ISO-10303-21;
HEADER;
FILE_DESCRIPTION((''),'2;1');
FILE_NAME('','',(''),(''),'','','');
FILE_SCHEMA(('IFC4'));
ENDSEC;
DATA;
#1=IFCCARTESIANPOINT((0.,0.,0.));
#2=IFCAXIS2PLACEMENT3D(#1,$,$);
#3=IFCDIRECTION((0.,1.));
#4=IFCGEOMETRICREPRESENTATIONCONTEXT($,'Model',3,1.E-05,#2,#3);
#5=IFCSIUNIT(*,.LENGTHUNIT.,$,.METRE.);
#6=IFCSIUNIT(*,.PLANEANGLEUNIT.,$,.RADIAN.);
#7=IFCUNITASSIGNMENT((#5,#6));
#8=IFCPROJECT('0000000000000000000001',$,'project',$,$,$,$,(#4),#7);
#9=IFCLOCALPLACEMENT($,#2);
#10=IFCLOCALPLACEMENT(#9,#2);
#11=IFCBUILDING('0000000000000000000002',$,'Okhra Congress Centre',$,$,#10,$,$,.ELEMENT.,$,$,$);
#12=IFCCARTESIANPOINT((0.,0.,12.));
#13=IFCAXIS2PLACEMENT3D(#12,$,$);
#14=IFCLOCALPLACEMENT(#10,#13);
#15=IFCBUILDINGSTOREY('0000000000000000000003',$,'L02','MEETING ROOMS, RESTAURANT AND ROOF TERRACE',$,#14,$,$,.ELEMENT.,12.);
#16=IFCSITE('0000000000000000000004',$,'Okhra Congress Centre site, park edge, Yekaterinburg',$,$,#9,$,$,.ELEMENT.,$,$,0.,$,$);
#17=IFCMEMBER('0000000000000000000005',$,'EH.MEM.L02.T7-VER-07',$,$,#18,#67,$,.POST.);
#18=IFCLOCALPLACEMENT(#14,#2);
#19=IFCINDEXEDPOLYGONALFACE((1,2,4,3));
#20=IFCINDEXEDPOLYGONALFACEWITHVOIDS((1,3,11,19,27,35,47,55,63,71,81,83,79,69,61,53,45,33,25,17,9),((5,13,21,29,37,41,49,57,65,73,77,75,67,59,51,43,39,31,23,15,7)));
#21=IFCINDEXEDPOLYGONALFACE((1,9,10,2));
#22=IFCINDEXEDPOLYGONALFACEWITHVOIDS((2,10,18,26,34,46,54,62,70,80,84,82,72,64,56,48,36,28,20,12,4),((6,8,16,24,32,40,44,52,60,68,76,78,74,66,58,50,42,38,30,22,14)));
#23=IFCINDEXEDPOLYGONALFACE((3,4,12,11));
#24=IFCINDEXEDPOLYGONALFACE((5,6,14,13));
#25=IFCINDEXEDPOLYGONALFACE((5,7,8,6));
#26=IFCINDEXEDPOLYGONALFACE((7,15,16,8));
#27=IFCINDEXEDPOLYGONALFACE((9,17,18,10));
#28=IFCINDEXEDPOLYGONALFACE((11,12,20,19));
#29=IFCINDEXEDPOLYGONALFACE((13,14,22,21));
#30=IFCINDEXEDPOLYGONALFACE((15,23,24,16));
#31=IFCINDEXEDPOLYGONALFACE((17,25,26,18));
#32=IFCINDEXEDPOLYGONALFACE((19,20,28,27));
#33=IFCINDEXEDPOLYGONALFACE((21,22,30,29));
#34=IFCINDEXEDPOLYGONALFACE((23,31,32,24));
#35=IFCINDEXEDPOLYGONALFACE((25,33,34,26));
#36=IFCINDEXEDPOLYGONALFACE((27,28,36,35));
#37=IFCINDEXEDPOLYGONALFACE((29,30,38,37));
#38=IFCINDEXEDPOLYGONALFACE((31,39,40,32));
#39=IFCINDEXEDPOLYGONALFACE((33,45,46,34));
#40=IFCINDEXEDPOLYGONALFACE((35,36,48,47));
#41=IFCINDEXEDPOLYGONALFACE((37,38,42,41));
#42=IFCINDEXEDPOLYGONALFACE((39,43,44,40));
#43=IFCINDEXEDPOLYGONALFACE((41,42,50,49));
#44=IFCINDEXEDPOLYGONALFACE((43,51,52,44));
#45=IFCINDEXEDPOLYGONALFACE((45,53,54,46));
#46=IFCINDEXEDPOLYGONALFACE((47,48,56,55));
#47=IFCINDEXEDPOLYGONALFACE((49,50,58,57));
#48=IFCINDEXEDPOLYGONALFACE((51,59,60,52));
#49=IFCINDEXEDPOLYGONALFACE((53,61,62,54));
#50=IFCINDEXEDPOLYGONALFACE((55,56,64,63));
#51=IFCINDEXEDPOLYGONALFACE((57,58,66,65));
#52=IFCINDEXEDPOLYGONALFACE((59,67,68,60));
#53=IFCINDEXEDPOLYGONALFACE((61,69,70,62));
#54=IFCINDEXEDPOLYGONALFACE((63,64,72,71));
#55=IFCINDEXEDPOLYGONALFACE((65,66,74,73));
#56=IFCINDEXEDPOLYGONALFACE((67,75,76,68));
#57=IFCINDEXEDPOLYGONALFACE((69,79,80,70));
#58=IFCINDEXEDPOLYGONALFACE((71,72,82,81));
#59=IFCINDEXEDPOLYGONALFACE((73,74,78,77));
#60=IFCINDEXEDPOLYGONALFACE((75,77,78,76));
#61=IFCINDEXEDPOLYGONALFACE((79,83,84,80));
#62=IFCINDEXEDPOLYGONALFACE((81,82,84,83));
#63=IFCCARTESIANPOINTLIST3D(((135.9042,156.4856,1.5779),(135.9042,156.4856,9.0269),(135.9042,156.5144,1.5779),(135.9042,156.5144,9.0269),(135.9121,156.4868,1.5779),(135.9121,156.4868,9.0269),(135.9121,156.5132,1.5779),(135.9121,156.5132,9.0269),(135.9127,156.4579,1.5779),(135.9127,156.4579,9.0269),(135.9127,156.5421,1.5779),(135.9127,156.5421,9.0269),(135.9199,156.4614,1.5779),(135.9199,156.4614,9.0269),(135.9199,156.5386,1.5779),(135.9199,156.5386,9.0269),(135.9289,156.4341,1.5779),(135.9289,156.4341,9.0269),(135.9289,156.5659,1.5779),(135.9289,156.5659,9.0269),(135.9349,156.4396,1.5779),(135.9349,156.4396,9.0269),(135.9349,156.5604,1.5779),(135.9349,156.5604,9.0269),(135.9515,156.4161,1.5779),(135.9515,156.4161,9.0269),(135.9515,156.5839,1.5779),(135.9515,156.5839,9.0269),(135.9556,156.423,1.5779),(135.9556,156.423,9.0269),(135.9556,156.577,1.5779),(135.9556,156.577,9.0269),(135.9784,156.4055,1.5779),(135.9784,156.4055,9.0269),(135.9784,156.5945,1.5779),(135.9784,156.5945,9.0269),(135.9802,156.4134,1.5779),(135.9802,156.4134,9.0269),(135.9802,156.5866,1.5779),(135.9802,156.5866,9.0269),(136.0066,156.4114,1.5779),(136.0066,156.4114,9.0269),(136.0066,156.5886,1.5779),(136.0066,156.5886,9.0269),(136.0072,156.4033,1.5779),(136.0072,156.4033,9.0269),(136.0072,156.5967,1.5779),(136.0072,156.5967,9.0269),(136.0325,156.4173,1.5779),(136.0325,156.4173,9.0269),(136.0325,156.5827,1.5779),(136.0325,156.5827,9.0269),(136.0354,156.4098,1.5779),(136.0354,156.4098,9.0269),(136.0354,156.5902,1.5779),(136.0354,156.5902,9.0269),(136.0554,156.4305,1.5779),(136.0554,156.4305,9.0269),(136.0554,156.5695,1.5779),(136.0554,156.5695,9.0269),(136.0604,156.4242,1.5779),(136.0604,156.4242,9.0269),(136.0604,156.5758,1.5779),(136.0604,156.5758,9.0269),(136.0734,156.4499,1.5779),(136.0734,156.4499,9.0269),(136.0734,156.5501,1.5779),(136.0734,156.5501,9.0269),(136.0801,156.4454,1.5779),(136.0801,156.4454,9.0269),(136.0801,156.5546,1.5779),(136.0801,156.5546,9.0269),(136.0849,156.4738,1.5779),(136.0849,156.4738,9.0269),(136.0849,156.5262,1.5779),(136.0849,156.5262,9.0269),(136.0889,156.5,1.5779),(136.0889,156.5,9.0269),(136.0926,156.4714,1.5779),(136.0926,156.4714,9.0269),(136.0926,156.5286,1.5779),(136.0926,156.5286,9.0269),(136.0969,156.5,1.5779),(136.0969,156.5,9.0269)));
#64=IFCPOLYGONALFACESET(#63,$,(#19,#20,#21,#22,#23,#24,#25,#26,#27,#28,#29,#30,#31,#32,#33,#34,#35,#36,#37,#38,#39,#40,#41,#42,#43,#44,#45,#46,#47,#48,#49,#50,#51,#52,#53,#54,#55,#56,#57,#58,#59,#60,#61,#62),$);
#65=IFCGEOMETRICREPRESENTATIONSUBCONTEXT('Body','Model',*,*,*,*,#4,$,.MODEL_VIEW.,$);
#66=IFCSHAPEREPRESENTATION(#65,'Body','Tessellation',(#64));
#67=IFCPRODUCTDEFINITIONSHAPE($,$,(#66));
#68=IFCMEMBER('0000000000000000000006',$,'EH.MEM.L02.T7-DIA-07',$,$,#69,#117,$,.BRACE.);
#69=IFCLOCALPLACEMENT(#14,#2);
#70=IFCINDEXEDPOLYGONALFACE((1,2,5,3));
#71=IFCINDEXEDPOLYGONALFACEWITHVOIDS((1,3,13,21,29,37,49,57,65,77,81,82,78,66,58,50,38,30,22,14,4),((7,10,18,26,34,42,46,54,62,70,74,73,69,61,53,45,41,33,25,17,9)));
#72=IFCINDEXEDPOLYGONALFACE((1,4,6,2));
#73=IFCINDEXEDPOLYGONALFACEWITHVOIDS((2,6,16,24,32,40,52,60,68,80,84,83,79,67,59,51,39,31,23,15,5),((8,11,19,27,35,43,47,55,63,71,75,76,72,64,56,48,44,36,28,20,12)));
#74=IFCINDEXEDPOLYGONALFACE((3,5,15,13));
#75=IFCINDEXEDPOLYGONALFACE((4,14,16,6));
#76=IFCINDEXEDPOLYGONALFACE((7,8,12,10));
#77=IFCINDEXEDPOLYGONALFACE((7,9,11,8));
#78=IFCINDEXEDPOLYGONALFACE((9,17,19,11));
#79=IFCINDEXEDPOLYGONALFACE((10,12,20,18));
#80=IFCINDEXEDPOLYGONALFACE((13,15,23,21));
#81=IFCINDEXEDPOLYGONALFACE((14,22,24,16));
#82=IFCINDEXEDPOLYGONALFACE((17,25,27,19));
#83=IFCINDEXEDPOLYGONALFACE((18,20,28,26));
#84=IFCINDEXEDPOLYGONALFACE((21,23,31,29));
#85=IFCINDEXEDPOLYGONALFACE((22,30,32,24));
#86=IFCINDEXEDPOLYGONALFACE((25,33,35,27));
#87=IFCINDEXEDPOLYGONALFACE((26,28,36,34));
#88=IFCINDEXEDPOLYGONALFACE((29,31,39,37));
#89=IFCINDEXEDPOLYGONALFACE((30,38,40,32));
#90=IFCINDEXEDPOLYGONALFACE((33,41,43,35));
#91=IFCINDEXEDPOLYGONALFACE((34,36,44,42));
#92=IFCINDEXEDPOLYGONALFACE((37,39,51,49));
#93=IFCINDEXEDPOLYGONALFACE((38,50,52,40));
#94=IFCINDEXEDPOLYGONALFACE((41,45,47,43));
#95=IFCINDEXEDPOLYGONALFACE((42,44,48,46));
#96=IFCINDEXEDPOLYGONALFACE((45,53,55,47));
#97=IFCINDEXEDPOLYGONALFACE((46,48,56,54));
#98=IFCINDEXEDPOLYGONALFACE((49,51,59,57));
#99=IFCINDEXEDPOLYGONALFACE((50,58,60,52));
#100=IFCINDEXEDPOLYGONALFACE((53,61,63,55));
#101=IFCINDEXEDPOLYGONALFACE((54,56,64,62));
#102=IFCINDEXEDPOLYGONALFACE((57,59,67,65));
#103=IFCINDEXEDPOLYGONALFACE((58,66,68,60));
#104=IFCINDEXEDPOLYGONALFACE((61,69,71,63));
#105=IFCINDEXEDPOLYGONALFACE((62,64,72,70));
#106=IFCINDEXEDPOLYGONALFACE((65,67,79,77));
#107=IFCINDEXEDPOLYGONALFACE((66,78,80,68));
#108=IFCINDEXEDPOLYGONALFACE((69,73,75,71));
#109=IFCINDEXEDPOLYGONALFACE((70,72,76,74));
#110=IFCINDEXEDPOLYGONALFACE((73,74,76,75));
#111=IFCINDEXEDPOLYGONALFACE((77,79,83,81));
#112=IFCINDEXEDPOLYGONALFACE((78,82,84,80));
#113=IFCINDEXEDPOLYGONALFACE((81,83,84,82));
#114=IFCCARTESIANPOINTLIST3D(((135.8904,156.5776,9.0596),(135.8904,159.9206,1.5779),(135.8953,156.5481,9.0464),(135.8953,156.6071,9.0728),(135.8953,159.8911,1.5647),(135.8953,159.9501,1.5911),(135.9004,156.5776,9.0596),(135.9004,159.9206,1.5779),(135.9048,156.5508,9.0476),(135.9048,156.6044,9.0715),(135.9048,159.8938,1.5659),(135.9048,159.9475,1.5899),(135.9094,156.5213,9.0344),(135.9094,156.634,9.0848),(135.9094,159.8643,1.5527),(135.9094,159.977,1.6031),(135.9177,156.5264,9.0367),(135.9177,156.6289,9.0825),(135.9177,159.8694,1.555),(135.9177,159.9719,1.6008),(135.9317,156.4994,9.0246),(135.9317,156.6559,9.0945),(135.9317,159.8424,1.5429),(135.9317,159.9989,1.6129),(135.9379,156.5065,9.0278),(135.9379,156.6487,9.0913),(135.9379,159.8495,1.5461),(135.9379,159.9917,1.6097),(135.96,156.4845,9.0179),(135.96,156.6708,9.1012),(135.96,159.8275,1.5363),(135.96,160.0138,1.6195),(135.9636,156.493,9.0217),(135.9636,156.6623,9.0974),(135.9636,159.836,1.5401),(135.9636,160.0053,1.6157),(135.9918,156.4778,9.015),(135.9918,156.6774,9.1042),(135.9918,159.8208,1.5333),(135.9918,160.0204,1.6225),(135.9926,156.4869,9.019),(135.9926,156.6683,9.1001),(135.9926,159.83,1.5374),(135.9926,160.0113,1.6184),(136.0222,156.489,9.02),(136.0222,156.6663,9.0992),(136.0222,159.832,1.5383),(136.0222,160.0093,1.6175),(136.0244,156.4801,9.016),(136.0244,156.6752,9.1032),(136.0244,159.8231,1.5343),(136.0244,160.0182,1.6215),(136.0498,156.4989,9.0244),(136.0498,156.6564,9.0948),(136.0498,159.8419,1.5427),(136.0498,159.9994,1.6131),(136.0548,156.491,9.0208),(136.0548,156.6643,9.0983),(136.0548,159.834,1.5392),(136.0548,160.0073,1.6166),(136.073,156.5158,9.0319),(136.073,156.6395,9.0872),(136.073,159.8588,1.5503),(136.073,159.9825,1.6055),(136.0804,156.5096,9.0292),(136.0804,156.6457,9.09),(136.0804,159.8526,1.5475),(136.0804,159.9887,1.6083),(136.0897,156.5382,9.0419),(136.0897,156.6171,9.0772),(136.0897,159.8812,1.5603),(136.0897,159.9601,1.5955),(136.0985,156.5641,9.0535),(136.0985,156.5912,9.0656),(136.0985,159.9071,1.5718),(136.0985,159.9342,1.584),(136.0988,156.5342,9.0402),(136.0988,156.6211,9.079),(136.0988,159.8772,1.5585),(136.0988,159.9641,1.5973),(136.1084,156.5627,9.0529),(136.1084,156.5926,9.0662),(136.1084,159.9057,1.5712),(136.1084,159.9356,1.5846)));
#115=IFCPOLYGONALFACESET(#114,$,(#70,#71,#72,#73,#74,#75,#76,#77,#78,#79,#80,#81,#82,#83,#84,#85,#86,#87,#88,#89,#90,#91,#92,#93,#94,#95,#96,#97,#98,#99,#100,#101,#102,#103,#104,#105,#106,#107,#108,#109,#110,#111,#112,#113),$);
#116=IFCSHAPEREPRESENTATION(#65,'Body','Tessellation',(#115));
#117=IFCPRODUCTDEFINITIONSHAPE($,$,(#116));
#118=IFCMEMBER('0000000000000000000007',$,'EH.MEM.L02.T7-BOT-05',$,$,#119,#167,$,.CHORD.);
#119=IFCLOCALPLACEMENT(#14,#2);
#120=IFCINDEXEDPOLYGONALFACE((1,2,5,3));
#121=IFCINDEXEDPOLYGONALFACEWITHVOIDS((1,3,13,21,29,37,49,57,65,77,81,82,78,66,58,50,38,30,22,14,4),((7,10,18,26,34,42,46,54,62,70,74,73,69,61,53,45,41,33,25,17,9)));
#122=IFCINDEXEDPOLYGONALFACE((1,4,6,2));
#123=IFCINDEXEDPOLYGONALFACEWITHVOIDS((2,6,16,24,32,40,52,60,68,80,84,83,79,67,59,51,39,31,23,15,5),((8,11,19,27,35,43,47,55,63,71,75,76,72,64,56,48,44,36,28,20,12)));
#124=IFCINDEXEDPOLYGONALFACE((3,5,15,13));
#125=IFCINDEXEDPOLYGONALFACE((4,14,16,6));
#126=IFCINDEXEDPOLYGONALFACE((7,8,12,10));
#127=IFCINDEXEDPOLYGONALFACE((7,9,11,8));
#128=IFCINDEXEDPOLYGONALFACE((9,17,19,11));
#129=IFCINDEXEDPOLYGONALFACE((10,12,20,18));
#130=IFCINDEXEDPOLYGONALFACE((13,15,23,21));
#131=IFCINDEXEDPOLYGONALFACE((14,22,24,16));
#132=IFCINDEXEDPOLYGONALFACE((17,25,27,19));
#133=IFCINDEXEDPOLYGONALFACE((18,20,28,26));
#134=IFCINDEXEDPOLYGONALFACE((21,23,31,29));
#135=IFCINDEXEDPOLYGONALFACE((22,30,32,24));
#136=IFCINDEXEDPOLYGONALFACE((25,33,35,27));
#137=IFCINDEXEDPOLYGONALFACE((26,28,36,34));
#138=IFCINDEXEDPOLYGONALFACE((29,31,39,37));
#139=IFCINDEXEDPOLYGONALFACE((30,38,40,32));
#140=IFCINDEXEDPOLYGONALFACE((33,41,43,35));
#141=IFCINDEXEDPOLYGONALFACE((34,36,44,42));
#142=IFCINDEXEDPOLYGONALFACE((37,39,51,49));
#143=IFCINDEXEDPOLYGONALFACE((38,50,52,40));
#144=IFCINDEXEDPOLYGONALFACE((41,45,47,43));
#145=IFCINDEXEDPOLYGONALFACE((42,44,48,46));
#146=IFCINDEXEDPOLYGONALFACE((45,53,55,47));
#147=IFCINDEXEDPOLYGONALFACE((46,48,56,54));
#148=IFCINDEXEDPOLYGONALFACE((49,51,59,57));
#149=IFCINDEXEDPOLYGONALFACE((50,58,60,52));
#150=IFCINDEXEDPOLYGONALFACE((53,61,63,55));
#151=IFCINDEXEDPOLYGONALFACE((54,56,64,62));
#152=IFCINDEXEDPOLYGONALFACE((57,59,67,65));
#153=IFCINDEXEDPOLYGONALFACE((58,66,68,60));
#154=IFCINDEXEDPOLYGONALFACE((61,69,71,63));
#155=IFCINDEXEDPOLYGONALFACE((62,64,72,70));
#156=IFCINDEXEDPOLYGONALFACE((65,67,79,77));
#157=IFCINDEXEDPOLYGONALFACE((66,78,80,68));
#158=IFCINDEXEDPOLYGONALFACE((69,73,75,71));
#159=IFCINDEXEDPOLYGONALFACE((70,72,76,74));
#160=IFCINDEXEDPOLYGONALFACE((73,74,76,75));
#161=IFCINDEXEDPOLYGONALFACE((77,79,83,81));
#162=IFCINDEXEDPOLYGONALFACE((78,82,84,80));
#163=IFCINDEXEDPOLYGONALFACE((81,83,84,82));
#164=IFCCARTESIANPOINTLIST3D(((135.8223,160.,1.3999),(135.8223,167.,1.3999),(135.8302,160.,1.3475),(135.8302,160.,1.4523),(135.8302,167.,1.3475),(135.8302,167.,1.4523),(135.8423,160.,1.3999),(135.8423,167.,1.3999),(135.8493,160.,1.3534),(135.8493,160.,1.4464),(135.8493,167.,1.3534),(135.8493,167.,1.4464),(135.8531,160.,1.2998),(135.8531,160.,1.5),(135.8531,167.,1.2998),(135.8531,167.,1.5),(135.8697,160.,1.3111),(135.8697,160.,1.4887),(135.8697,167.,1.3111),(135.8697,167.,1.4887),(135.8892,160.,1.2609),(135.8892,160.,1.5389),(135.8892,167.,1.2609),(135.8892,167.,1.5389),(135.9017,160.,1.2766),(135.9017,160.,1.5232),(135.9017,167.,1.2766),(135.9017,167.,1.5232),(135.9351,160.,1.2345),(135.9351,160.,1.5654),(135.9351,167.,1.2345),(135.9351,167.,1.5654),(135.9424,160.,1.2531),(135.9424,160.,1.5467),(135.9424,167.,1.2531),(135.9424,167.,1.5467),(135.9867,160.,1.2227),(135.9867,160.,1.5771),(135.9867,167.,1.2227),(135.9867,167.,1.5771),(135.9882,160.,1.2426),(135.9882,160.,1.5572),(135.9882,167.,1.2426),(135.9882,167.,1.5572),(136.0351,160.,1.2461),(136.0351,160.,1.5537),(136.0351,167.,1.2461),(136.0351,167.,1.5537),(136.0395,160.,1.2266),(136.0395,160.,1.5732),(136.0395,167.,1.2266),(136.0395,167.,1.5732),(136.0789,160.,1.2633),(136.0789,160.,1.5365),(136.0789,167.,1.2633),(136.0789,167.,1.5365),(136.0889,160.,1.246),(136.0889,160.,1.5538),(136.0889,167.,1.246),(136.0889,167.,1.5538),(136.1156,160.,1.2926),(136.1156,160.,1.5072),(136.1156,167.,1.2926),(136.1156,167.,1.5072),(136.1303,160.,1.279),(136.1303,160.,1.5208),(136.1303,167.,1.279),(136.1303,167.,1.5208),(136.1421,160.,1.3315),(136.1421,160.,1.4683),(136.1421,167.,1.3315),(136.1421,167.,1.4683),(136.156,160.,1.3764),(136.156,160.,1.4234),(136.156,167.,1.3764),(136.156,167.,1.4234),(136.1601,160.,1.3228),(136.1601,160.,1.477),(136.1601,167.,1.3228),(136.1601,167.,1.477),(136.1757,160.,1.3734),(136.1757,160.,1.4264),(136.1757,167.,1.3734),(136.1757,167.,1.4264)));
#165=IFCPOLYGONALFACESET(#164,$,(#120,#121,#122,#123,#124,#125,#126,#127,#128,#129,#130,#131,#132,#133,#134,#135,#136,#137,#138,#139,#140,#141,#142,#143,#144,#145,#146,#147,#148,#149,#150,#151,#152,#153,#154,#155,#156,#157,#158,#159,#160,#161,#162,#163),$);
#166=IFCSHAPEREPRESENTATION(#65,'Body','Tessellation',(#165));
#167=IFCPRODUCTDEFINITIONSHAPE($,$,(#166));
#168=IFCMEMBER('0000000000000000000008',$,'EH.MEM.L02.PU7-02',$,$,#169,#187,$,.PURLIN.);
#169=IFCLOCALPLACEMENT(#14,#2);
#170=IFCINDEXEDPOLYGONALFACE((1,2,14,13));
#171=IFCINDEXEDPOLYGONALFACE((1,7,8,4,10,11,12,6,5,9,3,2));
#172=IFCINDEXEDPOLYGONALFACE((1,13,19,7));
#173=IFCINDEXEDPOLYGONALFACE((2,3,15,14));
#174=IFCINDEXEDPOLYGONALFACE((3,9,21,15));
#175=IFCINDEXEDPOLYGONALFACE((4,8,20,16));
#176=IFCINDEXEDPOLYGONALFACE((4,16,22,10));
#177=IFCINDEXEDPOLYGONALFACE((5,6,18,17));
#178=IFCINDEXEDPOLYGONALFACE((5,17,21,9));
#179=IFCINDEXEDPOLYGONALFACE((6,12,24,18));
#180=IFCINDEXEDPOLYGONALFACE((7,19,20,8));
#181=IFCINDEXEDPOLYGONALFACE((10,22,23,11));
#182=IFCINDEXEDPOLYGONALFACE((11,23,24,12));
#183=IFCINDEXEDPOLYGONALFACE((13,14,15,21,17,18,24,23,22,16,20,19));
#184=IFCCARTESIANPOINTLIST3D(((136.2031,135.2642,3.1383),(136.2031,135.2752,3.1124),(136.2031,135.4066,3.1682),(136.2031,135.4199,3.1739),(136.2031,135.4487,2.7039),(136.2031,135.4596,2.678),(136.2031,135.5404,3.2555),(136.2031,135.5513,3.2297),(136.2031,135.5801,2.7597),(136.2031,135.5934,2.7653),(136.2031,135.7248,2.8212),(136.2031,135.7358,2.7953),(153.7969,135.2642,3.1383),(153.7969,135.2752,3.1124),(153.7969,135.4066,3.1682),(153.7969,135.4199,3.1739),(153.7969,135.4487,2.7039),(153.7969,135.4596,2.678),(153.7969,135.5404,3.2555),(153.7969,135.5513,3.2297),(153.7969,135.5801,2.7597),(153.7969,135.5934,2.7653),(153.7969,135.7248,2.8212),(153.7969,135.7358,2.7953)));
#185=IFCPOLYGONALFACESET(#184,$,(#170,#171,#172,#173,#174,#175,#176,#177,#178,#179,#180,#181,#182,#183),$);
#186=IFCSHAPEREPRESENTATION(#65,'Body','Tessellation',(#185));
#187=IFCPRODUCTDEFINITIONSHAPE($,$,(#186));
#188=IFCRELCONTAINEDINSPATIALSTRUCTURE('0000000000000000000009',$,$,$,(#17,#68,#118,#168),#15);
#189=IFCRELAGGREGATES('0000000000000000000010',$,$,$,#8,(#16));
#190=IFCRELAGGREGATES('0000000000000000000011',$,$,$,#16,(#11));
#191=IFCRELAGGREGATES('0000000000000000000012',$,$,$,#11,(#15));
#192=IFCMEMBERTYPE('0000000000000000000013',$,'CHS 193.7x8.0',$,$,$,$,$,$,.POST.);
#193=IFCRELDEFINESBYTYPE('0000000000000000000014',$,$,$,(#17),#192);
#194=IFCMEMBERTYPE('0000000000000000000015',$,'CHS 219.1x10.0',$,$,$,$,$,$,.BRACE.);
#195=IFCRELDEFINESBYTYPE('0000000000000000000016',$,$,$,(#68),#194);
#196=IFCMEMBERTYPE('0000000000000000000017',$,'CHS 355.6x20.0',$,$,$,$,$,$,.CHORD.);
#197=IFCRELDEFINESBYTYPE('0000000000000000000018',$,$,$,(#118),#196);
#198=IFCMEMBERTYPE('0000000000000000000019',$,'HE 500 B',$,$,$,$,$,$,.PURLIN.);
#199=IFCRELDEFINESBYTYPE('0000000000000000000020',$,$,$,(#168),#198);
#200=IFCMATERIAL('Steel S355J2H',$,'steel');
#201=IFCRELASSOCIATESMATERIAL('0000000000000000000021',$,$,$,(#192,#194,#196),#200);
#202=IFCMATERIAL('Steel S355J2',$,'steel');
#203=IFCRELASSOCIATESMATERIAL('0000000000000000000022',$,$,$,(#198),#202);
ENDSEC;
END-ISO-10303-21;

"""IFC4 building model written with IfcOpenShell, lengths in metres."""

from ifc_helpers import new_model, si_unit, direction, frame, origin, origin_2d, place, context, subcontext, project, spatial, hollow_circle, i_section, extrude, material, material_profile, profile_set, type_object, element, save


model = new_model("IFC4")

# Units and contexts
model_context = context("Model", 3, precision=1e-05, world=origin(), true_north=direction((0.0, 1.0)))
body_context = subcontext(model_context, "Body", "Model", "MODEL_VIEW")
ifc_project = project(units=[si_unit("LENGTHUNIT", "METRE"), si_unit("PLANEANGLEUNIT", "RADIAN")], contexts=[model_context])

# Site, building, storey
site_placement = place(None, origin())
site = spatial("IfcSite", under=ifc_project, at=site_placement, Name="Okhra Congress Centre site, park edge, Yekaterinburg", CompositionType="ELEMENT", RefElevation=0.0)
building_placement = place(site_placement, origin())
building = spatial("IfcBuilding", under=site, at=building_placement, Name="Okhra Congress Centre", CompositionType="ELEMENT")
storey_placement = place(building_placement, frame((0.0, 0.0, 12.0)))
storey = spatial("IfcBuildingStorey", under=building, at=storey_placement, Name="L02", Description="MEETING ROOMS, RESTAURANT AND ROOF TERRACE", CompositionType="ELEMENT", Elevation=12.0)

# Shared definitions
ifc_material_1 = material(Name="Steel S355J2", Category="steel")

# Members
ifc_material_2 = material(Name="Steel S355J2H", Category="steel")
ifc_material_profile_1 = material_profile(ifc_material_2, hollow_circle(Radius=0.0969, WallThickness=0.0081, at=origin_2d()), Name="CHS 193.7x8.0")
ifc_profile_set_1 = profile_set([ifc_material_profile_1], Name="Steel S355J2H")
member_type_1 = type_object("IfcMemberType", Name="CHS 193.7x8.0", PredefinedType="POST", material=ifc_profile_set_1)
member_1_placement = place(storey_placement, frame((136.0, 156.5, 1.5779), z_axis=(0.0, 0.0, 1.0), x_axis=(1.0, 0.0, 0.0)))
element("IfcMember", 1, at=member_1_placement, inside=storey, type_object=member_type_1, Name="EH.MEM.L02.T7-VER-07", PredefinedType="POST", context=body_context, shape_type="SweptSolid", body=[
    extrude(hollow_circle(Radius=0.0969, WallThickness=0.0081, at=origin_2d()), origin(), (0.0, 0.0, 1.0), 7.449),
])
ifc_material_profile_2 = material_profile(ifc_material_2, hollow_circle(Radius=0.1096, WallThickness=0.01, at=origin_2d()), Name="CHS 219.1x10.0")
ifc_profile_set_2 = profile_set([ifc_material_profile_2], Name="Steel S355J2H")
member_type_2 = type_object("IfcMemberType", Name="CHS 219.1x10.0", PredefinedType="BRACE", material=ifc_profile_set_2)
member_2_placement = place(storey_placement, frame((136.0, 156.5776, 9.0596), z_axis=(0.0, 0.407954, -0.913003), x_axis=(-1.0, 0.0, 0.0)))
element("IfcMember", 2, at=member_2_placement, inside=storey, type_object=member_type_2, Name="EH.MEM.L02.T7-DIA-07", PredefinedType="BRACE", context=body_context, shape_type="SweptSolid", body=[
    extrude(hollow_circle(Radius=0.1096, WallThickness=0.01, at=origin_2d()), origin(), (0.0, 0.0, 1.0), 8.1946),
])
ifc_material_profile_3 = material_profile(ifc_material_2, hollow_circle(Radius=0.1777, WallThickness=0.02, at=origin_2d()), Name="CHS 355.6x20.0")
ifc_profile_set_3 = profile_set([ifc_material_profile_3], Name="Steel S355J2H")
member_type_3 = type_object("IfcMemberType", Name="CHS 355.6x20.0", PredefinedType="CHORD", material=ifc_profile_set_3)
member_3_placement = place(storey_placement, frame((136.0, 160.0, 1.3999), z_axis=(0.0, 1.0, 0.0), x_axis=(-1.0, 0.0, 0.0)))
element("IfcMember", 3, at=member_3_placement, inside=storey, type_object=member_type_3, Name="EH.MEM.L02.T7-BOT-05", PredefinedType="CHORD", context=body_context, shape_type="SweptSolid", body=[
    extrude(hollow_circle(Radius=0.1777, WallThickness=0.02, at=origin_2d()), origin(), (0.0, 0.0, 1.0), 7.0),
])
ifc_material_profile_4 = material_profile(ifc_material_1, i_section(OverallWidth=0.3, OverallDepth=0.5, WebThickness=0.0144, FlangeThickness=0.0281, at=origin_2d()), Name="HE 500 B")
ifc_profile_set_4 = profile_set([ifc_material_profile_4], Name="Steel S355J2")
member_type_4 = type_object("IfcMemberType", Name="HE 500 B", PredefinedType="PURLIN", material=ifc_profile_set_4)
for number, where, z_axis, x_axis, name in (
    (4, (136.2031, 135.5, 2.9668), (1.0, 0.0, 0.0), (0.0, 0.920437, 0.39089), "EH.MEM.L02.PU7-02"),
):
    element("IfcMember", number, at=place(storey_placement, frame(where, z_axis=z_axis, x_axis=x_axis)), inside=storey, type_object=member_type_4, Name=name, PredefinedType="PURLIN", context=body_context, shape_type="SweptSolid", body=[
        extrude(i_section(OverallWidth=0.3, OverallDepth=0.5, WebThickness=0.0144, FlangeThickness=0.0281, at=origin_2d()), origin(), (0.0, 0.0, 1.0), 17.5938),
    ])

save(model, "model.ifc")
